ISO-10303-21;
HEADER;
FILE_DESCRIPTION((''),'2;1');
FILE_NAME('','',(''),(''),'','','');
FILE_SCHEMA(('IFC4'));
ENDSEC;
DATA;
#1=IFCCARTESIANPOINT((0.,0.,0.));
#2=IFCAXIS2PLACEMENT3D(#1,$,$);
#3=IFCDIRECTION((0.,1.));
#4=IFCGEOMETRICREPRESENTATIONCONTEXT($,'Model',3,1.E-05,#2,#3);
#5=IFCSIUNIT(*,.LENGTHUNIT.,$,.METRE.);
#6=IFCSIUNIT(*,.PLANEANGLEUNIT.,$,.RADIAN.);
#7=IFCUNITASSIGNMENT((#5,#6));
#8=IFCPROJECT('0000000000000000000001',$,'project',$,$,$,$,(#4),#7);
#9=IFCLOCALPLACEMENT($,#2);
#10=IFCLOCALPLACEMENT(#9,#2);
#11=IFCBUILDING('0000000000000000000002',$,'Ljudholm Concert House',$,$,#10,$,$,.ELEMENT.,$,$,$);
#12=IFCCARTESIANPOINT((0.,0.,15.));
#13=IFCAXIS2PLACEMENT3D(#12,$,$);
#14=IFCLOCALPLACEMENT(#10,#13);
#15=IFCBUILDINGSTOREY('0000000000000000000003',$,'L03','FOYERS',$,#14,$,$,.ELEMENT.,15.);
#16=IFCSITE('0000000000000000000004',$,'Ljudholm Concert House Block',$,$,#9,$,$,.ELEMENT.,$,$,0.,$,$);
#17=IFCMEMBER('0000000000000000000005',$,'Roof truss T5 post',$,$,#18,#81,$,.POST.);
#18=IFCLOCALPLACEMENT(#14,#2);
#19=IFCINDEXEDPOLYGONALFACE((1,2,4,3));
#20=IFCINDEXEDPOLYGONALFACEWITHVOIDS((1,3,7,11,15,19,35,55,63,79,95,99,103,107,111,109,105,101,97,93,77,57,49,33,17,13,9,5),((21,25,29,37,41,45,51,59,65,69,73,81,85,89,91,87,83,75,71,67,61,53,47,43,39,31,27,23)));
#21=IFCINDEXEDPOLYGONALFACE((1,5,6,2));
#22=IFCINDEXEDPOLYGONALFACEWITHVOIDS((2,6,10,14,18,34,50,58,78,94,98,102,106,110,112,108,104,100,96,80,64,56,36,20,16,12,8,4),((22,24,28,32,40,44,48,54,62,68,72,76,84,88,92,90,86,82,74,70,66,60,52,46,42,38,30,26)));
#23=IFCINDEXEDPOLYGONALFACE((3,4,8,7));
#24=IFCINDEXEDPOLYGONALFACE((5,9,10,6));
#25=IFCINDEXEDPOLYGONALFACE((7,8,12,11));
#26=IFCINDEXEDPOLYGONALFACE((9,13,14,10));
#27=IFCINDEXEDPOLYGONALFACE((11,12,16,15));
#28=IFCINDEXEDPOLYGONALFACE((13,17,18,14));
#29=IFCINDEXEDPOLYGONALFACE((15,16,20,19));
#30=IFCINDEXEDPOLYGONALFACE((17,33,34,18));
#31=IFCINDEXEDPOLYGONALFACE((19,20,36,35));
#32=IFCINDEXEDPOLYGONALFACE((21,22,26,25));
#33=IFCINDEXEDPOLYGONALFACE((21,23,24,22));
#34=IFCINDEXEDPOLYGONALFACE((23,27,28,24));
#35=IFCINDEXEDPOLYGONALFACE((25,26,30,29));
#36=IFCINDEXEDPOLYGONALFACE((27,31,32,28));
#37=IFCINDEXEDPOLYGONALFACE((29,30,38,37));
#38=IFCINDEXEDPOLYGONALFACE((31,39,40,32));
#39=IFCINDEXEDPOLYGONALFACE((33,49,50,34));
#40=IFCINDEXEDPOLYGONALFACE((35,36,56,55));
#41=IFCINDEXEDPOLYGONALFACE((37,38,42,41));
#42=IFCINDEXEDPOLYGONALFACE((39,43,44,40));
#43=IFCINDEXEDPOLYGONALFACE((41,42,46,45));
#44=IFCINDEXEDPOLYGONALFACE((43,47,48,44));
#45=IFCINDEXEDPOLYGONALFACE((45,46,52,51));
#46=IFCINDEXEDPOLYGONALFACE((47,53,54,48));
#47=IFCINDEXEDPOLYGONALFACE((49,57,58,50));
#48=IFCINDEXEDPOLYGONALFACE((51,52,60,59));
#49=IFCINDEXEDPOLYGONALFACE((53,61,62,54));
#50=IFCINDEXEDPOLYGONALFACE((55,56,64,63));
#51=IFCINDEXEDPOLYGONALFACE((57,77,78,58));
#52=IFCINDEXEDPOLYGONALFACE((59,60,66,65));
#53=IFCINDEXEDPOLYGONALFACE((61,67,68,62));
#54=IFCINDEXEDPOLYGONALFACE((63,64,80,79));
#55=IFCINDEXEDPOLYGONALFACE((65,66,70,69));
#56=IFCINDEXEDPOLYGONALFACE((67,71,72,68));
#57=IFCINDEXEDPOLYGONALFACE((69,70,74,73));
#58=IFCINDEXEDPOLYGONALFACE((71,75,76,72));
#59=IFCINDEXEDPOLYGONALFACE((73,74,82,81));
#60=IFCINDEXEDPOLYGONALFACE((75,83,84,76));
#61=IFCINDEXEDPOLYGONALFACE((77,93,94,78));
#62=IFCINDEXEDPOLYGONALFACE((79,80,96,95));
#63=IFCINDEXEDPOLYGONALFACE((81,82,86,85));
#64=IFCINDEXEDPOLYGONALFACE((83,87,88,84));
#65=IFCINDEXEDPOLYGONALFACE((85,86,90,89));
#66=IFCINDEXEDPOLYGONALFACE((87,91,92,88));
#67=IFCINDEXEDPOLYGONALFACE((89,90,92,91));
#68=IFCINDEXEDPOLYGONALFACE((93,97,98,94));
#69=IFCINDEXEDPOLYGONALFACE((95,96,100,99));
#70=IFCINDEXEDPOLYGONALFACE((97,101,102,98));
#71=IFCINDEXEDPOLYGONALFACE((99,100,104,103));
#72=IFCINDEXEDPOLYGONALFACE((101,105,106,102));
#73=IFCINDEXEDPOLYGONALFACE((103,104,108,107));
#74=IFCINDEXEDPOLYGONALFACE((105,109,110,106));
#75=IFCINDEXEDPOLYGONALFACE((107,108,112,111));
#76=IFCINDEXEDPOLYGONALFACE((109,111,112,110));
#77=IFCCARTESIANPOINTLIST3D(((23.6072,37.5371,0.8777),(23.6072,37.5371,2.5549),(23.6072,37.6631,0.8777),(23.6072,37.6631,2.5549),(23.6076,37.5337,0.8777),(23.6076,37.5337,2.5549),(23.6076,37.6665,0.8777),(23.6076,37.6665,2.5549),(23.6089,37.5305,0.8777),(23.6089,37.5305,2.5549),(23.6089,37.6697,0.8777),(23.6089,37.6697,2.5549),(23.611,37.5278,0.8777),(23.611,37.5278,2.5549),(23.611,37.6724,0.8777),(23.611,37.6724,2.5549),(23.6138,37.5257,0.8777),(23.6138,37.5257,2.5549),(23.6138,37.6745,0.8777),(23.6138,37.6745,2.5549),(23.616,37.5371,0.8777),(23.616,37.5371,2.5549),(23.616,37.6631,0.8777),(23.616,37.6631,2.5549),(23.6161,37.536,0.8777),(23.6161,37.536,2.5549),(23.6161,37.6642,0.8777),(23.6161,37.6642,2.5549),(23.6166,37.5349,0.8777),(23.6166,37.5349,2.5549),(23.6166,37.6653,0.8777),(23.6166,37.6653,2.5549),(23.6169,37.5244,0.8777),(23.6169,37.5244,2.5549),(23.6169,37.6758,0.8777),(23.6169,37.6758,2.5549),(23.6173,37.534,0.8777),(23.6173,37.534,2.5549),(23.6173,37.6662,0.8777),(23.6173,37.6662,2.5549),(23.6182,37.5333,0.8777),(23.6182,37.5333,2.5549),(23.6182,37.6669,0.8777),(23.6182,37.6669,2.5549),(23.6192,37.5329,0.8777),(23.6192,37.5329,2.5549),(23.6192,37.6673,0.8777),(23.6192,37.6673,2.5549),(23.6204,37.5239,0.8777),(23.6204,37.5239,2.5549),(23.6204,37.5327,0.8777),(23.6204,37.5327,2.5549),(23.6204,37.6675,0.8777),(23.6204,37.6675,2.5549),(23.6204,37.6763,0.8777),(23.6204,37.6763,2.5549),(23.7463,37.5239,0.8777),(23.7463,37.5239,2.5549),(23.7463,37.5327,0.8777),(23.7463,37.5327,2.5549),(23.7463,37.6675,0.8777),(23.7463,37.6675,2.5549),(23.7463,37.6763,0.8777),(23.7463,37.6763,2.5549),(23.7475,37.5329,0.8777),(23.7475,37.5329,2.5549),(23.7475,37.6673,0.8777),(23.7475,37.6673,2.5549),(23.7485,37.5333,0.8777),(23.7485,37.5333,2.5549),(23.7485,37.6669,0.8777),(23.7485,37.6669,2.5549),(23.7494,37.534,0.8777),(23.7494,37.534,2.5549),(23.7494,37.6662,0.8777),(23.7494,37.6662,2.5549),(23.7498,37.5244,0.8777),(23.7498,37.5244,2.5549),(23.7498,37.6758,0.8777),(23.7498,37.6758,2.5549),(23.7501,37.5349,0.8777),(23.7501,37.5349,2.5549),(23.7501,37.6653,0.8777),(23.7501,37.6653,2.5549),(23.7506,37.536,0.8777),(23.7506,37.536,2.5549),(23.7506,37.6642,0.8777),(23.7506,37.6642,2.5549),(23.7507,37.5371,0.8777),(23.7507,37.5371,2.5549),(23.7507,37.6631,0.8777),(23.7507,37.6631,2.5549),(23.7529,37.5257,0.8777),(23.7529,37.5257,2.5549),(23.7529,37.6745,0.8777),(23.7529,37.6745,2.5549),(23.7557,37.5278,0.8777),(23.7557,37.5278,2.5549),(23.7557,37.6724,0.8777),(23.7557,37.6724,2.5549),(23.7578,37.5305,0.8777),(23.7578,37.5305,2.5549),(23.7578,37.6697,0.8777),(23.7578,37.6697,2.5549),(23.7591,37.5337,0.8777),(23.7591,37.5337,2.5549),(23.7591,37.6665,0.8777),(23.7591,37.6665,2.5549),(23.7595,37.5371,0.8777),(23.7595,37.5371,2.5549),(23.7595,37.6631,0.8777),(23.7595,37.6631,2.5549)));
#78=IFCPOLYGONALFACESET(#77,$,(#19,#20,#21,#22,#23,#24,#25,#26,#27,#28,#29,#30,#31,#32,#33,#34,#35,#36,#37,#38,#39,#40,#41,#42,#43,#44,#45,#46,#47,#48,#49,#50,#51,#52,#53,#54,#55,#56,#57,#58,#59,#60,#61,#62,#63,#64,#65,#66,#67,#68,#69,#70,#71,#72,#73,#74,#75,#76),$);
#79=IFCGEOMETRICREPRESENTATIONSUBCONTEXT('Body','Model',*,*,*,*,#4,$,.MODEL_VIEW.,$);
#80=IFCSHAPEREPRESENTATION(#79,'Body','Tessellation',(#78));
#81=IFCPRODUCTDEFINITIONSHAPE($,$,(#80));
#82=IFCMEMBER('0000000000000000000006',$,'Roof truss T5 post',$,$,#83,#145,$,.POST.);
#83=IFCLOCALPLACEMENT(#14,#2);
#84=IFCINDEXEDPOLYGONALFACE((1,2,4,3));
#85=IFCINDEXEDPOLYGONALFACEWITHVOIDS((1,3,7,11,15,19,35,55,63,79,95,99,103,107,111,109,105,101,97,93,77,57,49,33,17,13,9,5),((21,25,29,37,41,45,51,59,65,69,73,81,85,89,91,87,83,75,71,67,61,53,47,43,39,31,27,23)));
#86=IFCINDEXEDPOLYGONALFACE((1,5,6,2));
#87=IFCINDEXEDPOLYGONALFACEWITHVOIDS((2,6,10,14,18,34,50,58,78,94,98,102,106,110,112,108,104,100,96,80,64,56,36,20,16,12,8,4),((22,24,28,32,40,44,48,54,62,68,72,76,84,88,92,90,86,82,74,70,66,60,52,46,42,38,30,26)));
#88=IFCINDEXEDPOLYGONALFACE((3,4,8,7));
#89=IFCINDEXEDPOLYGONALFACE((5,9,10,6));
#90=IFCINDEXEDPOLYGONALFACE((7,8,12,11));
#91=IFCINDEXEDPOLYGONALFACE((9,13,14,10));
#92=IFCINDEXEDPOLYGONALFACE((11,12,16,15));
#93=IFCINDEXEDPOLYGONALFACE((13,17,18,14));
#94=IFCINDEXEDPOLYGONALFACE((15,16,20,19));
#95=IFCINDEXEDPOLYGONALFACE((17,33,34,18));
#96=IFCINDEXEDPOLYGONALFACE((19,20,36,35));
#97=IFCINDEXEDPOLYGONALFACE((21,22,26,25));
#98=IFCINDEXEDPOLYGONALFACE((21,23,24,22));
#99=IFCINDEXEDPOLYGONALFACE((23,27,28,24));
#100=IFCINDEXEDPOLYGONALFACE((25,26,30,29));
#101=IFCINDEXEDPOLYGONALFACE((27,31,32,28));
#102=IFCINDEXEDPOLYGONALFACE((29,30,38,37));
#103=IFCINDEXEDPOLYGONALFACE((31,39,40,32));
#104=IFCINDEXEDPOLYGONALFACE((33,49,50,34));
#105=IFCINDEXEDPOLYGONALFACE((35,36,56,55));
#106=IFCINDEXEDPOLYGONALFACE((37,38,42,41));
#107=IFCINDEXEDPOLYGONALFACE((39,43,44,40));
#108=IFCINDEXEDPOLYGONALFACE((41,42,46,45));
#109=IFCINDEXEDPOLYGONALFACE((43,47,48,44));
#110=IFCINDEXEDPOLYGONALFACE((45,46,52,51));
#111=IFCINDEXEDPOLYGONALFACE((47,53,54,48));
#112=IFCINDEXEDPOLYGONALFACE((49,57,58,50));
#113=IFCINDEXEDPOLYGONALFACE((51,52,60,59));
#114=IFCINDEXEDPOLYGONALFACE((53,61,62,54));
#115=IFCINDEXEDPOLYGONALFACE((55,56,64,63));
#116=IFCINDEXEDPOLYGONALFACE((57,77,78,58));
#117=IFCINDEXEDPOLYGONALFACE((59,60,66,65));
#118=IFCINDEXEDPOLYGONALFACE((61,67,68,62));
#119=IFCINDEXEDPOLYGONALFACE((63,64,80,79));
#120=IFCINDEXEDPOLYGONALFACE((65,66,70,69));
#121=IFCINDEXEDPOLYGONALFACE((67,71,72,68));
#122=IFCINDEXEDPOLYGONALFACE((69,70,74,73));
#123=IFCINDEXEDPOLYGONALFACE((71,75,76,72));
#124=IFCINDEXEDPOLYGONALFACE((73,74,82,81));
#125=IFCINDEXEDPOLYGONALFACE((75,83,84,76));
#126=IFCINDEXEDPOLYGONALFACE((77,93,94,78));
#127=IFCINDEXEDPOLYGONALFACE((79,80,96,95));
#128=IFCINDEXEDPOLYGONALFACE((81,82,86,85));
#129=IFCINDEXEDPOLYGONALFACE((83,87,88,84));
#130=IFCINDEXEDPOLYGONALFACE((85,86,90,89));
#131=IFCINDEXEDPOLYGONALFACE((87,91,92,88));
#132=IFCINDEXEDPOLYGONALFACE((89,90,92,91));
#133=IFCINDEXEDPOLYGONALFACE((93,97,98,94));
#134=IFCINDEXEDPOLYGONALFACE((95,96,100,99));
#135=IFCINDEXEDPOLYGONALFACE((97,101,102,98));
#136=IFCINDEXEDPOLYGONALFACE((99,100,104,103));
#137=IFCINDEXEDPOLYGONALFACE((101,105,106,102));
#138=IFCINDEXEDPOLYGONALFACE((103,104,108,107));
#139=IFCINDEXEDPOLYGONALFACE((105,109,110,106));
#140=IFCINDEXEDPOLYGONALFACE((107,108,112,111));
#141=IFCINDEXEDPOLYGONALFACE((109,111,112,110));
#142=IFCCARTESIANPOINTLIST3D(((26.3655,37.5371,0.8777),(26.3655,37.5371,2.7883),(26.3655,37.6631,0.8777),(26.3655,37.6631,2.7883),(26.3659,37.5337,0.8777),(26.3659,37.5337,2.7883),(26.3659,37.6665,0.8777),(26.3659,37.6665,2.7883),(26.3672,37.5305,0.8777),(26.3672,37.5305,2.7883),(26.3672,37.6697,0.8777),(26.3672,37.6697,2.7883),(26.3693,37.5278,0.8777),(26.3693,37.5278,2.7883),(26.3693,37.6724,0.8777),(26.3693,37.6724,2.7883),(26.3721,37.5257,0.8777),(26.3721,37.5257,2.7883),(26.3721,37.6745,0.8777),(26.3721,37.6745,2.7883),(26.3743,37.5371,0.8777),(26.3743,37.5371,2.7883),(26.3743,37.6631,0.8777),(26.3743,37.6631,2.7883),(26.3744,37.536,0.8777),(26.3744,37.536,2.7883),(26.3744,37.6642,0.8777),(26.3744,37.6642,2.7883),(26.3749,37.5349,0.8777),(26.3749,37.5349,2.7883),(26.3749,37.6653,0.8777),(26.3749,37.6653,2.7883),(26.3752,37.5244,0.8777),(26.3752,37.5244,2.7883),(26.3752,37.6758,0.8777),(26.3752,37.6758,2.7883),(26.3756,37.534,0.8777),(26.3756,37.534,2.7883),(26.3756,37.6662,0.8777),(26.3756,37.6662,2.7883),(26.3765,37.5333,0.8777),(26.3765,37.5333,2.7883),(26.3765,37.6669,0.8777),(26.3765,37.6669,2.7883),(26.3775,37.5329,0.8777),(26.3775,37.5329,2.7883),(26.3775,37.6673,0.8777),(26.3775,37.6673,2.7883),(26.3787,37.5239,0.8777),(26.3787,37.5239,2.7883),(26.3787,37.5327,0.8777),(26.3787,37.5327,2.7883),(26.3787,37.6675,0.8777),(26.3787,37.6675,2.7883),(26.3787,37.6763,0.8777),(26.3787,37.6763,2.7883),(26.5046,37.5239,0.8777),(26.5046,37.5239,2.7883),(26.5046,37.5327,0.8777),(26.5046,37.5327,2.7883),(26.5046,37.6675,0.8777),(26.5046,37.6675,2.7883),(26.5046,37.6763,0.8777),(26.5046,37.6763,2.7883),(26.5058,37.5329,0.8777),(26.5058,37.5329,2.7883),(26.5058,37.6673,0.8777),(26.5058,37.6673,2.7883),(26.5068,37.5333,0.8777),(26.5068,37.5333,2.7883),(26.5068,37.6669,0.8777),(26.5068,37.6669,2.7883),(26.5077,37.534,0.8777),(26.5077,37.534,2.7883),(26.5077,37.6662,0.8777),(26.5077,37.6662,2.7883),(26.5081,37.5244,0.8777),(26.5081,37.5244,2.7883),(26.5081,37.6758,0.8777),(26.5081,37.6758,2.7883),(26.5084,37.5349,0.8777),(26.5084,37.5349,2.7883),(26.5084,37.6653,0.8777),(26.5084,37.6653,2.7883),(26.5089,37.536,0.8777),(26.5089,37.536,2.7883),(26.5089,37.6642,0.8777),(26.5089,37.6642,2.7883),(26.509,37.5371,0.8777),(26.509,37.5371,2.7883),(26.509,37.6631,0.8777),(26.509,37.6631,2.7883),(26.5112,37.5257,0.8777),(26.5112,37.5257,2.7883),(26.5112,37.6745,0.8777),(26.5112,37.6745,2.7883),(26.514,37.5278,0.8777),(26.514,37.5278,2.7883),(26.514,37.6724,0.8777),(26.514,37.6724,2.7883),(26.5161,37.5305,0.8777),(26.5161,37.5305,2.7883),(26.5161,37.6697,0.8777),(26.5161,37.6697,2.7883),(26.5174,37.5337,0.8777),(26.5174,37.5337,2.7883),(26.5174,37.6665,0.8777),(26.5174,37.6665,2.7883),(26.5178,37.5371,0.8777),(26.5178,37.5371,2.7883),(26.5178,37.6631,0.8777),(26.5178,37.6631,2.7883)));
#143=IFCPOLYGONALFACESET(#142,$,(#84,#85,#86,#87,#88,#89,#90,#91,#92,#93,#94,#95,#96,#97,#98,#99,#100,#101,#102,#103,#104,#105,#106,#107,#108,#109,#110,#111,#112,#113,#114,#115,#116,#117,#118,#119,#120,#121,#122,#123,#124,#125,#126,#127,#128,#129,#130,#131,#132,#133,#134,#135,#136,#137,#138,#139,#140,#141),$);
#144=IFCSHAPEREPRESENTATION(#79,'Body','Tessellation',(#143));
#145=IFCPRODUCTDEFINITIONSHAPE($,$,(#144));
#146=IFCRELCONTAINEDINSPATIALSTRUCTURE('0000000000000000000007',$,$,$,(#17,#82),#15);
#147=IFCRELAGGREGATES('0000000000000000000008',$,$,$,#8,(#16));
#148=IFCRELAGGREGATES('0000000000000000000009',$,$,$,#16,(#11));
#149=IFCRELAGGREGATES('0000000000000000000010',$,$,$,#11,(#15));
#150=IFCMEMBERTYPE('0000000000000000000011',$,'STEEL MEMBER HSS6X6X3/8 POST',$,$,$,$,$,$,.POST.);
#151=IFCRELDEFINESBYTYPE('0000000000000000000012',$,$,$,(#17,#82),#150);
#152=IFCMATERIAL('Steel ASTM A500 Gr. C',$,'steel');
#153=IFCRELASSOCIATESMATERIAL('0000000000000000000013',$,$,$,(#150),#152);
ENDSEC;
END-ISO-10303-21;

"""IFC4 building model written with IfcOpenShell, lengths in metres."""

from ifc_helpers import new_model, si_unit, direction, frame, origin, origin_2d, place, context, subcontext, project, spatial, hollow_rectangle, extrude, material, material_profile, profile_set, type_object, element, save


model = new_model("IFC4")

# Units and contexts
model_context = context("Model", 3, precision=1e-05, world=origin(), true_north=direction((0.0, 1.0)))
body_context = subcontext(model_context, "Body", "Model", "MODEL_VIEW")
ifc_project = project(units=[si_unit("LENGTHUNIT", "METRE"), si_unit("PLANEANGLEUNIT", "RADIAN")], contexts=[model_context])

# Site, building, storey
site_placement = place(None, origin())
site = spatial("IfcSite", under=ifc_project, at=site_placement, Name="Ljudholm Concert House Block", CompositionType="ELEMENT", RefElevation=0.0)
building_placement = place(site_placement, origin())
building = spatial("IfcBuilding", under=site, at=building_placement, Name="Ljudholm Concert House", CompositionType="ELEMENT")
storey_placement = place(building_placement, frame((0.0, 0.0, 15.0)))
storey = spatial("IfcBuildingStorey", under=building, at=storey_placement, Name="L03", Description="FOYERS", CompositionType="ELEMENT", Elevation=15.0)

# Members
ifc_material_1 = material(Name="Steel ASTM A500 Gr. C", Category="steel")
ifc_material_profile_1 = material_profile(ifc_material_1, hollow_rectangle(XDim=0.1523, YDim=0.1523, WallThickness=0.0088, InnerFilletRadius=0.0044, OuterFilletRadius=0.0132, at=origin_2d()), Name="HSS6X6X3/8")
ifc_profile_set_1 = profile_set([ifc_material_profile_1], Name="Steel ASTM A500 Gr. C")
member_type_1 = type_object("IfcMemberType", Name="STEEL MEMBER HSS6X6X3/8 POST", PredefinedType="POST", material=ifc_profile_set_1)
member_1_placement = place(storey_placement, frame((23.6833, 37.6001, 0.8777), z_axis=(0.0, 0.0, 1.0), x_axis=(1.0, 0.0, 0.0)))
element("IfcMember", 1, at=member_1_placement, inside=storey, type_object=member_type_1, Name="Roof truss T5 post", PredefinedType="POST", context=body_context, shape_type="SweptSolid", body=[
    extrude(hollow_rectangle(XDim=0.1523, YDim=0.1523, WallThickness=0.0088, InnerFilletRadius=0.0044, OuterFilletRadius=0.0132, at=origin_2d()), origin(), (0.0, 0.0, 1.0), 1.6772),
])
member_2_placement = place(storey_placement, frame((26.4417, 37.6001, 0.8777), z_axis=(0.0, 0.0, 1.0), x_axis=(1.0, 0.0, 0.0)))
element("IfcMember", 2, at=member_2_placement, inside=storey, type_object=member_type_1, Name="Roof truss T5 post", PredefinedType="POST", context=body_context, shape_type="SweptSolid", body=[
    extrude(hollow_rectangle(XDim=0.1523, YDim=0.1523, WallThickness=0.0088, InnerFilletRadius=0.0044, OuterFilletRadius=0.0132, at=origin_2d()), origin(), (0.0, 0.0, 1.0), 1.9106),
])

save(model, "model.ifc")
